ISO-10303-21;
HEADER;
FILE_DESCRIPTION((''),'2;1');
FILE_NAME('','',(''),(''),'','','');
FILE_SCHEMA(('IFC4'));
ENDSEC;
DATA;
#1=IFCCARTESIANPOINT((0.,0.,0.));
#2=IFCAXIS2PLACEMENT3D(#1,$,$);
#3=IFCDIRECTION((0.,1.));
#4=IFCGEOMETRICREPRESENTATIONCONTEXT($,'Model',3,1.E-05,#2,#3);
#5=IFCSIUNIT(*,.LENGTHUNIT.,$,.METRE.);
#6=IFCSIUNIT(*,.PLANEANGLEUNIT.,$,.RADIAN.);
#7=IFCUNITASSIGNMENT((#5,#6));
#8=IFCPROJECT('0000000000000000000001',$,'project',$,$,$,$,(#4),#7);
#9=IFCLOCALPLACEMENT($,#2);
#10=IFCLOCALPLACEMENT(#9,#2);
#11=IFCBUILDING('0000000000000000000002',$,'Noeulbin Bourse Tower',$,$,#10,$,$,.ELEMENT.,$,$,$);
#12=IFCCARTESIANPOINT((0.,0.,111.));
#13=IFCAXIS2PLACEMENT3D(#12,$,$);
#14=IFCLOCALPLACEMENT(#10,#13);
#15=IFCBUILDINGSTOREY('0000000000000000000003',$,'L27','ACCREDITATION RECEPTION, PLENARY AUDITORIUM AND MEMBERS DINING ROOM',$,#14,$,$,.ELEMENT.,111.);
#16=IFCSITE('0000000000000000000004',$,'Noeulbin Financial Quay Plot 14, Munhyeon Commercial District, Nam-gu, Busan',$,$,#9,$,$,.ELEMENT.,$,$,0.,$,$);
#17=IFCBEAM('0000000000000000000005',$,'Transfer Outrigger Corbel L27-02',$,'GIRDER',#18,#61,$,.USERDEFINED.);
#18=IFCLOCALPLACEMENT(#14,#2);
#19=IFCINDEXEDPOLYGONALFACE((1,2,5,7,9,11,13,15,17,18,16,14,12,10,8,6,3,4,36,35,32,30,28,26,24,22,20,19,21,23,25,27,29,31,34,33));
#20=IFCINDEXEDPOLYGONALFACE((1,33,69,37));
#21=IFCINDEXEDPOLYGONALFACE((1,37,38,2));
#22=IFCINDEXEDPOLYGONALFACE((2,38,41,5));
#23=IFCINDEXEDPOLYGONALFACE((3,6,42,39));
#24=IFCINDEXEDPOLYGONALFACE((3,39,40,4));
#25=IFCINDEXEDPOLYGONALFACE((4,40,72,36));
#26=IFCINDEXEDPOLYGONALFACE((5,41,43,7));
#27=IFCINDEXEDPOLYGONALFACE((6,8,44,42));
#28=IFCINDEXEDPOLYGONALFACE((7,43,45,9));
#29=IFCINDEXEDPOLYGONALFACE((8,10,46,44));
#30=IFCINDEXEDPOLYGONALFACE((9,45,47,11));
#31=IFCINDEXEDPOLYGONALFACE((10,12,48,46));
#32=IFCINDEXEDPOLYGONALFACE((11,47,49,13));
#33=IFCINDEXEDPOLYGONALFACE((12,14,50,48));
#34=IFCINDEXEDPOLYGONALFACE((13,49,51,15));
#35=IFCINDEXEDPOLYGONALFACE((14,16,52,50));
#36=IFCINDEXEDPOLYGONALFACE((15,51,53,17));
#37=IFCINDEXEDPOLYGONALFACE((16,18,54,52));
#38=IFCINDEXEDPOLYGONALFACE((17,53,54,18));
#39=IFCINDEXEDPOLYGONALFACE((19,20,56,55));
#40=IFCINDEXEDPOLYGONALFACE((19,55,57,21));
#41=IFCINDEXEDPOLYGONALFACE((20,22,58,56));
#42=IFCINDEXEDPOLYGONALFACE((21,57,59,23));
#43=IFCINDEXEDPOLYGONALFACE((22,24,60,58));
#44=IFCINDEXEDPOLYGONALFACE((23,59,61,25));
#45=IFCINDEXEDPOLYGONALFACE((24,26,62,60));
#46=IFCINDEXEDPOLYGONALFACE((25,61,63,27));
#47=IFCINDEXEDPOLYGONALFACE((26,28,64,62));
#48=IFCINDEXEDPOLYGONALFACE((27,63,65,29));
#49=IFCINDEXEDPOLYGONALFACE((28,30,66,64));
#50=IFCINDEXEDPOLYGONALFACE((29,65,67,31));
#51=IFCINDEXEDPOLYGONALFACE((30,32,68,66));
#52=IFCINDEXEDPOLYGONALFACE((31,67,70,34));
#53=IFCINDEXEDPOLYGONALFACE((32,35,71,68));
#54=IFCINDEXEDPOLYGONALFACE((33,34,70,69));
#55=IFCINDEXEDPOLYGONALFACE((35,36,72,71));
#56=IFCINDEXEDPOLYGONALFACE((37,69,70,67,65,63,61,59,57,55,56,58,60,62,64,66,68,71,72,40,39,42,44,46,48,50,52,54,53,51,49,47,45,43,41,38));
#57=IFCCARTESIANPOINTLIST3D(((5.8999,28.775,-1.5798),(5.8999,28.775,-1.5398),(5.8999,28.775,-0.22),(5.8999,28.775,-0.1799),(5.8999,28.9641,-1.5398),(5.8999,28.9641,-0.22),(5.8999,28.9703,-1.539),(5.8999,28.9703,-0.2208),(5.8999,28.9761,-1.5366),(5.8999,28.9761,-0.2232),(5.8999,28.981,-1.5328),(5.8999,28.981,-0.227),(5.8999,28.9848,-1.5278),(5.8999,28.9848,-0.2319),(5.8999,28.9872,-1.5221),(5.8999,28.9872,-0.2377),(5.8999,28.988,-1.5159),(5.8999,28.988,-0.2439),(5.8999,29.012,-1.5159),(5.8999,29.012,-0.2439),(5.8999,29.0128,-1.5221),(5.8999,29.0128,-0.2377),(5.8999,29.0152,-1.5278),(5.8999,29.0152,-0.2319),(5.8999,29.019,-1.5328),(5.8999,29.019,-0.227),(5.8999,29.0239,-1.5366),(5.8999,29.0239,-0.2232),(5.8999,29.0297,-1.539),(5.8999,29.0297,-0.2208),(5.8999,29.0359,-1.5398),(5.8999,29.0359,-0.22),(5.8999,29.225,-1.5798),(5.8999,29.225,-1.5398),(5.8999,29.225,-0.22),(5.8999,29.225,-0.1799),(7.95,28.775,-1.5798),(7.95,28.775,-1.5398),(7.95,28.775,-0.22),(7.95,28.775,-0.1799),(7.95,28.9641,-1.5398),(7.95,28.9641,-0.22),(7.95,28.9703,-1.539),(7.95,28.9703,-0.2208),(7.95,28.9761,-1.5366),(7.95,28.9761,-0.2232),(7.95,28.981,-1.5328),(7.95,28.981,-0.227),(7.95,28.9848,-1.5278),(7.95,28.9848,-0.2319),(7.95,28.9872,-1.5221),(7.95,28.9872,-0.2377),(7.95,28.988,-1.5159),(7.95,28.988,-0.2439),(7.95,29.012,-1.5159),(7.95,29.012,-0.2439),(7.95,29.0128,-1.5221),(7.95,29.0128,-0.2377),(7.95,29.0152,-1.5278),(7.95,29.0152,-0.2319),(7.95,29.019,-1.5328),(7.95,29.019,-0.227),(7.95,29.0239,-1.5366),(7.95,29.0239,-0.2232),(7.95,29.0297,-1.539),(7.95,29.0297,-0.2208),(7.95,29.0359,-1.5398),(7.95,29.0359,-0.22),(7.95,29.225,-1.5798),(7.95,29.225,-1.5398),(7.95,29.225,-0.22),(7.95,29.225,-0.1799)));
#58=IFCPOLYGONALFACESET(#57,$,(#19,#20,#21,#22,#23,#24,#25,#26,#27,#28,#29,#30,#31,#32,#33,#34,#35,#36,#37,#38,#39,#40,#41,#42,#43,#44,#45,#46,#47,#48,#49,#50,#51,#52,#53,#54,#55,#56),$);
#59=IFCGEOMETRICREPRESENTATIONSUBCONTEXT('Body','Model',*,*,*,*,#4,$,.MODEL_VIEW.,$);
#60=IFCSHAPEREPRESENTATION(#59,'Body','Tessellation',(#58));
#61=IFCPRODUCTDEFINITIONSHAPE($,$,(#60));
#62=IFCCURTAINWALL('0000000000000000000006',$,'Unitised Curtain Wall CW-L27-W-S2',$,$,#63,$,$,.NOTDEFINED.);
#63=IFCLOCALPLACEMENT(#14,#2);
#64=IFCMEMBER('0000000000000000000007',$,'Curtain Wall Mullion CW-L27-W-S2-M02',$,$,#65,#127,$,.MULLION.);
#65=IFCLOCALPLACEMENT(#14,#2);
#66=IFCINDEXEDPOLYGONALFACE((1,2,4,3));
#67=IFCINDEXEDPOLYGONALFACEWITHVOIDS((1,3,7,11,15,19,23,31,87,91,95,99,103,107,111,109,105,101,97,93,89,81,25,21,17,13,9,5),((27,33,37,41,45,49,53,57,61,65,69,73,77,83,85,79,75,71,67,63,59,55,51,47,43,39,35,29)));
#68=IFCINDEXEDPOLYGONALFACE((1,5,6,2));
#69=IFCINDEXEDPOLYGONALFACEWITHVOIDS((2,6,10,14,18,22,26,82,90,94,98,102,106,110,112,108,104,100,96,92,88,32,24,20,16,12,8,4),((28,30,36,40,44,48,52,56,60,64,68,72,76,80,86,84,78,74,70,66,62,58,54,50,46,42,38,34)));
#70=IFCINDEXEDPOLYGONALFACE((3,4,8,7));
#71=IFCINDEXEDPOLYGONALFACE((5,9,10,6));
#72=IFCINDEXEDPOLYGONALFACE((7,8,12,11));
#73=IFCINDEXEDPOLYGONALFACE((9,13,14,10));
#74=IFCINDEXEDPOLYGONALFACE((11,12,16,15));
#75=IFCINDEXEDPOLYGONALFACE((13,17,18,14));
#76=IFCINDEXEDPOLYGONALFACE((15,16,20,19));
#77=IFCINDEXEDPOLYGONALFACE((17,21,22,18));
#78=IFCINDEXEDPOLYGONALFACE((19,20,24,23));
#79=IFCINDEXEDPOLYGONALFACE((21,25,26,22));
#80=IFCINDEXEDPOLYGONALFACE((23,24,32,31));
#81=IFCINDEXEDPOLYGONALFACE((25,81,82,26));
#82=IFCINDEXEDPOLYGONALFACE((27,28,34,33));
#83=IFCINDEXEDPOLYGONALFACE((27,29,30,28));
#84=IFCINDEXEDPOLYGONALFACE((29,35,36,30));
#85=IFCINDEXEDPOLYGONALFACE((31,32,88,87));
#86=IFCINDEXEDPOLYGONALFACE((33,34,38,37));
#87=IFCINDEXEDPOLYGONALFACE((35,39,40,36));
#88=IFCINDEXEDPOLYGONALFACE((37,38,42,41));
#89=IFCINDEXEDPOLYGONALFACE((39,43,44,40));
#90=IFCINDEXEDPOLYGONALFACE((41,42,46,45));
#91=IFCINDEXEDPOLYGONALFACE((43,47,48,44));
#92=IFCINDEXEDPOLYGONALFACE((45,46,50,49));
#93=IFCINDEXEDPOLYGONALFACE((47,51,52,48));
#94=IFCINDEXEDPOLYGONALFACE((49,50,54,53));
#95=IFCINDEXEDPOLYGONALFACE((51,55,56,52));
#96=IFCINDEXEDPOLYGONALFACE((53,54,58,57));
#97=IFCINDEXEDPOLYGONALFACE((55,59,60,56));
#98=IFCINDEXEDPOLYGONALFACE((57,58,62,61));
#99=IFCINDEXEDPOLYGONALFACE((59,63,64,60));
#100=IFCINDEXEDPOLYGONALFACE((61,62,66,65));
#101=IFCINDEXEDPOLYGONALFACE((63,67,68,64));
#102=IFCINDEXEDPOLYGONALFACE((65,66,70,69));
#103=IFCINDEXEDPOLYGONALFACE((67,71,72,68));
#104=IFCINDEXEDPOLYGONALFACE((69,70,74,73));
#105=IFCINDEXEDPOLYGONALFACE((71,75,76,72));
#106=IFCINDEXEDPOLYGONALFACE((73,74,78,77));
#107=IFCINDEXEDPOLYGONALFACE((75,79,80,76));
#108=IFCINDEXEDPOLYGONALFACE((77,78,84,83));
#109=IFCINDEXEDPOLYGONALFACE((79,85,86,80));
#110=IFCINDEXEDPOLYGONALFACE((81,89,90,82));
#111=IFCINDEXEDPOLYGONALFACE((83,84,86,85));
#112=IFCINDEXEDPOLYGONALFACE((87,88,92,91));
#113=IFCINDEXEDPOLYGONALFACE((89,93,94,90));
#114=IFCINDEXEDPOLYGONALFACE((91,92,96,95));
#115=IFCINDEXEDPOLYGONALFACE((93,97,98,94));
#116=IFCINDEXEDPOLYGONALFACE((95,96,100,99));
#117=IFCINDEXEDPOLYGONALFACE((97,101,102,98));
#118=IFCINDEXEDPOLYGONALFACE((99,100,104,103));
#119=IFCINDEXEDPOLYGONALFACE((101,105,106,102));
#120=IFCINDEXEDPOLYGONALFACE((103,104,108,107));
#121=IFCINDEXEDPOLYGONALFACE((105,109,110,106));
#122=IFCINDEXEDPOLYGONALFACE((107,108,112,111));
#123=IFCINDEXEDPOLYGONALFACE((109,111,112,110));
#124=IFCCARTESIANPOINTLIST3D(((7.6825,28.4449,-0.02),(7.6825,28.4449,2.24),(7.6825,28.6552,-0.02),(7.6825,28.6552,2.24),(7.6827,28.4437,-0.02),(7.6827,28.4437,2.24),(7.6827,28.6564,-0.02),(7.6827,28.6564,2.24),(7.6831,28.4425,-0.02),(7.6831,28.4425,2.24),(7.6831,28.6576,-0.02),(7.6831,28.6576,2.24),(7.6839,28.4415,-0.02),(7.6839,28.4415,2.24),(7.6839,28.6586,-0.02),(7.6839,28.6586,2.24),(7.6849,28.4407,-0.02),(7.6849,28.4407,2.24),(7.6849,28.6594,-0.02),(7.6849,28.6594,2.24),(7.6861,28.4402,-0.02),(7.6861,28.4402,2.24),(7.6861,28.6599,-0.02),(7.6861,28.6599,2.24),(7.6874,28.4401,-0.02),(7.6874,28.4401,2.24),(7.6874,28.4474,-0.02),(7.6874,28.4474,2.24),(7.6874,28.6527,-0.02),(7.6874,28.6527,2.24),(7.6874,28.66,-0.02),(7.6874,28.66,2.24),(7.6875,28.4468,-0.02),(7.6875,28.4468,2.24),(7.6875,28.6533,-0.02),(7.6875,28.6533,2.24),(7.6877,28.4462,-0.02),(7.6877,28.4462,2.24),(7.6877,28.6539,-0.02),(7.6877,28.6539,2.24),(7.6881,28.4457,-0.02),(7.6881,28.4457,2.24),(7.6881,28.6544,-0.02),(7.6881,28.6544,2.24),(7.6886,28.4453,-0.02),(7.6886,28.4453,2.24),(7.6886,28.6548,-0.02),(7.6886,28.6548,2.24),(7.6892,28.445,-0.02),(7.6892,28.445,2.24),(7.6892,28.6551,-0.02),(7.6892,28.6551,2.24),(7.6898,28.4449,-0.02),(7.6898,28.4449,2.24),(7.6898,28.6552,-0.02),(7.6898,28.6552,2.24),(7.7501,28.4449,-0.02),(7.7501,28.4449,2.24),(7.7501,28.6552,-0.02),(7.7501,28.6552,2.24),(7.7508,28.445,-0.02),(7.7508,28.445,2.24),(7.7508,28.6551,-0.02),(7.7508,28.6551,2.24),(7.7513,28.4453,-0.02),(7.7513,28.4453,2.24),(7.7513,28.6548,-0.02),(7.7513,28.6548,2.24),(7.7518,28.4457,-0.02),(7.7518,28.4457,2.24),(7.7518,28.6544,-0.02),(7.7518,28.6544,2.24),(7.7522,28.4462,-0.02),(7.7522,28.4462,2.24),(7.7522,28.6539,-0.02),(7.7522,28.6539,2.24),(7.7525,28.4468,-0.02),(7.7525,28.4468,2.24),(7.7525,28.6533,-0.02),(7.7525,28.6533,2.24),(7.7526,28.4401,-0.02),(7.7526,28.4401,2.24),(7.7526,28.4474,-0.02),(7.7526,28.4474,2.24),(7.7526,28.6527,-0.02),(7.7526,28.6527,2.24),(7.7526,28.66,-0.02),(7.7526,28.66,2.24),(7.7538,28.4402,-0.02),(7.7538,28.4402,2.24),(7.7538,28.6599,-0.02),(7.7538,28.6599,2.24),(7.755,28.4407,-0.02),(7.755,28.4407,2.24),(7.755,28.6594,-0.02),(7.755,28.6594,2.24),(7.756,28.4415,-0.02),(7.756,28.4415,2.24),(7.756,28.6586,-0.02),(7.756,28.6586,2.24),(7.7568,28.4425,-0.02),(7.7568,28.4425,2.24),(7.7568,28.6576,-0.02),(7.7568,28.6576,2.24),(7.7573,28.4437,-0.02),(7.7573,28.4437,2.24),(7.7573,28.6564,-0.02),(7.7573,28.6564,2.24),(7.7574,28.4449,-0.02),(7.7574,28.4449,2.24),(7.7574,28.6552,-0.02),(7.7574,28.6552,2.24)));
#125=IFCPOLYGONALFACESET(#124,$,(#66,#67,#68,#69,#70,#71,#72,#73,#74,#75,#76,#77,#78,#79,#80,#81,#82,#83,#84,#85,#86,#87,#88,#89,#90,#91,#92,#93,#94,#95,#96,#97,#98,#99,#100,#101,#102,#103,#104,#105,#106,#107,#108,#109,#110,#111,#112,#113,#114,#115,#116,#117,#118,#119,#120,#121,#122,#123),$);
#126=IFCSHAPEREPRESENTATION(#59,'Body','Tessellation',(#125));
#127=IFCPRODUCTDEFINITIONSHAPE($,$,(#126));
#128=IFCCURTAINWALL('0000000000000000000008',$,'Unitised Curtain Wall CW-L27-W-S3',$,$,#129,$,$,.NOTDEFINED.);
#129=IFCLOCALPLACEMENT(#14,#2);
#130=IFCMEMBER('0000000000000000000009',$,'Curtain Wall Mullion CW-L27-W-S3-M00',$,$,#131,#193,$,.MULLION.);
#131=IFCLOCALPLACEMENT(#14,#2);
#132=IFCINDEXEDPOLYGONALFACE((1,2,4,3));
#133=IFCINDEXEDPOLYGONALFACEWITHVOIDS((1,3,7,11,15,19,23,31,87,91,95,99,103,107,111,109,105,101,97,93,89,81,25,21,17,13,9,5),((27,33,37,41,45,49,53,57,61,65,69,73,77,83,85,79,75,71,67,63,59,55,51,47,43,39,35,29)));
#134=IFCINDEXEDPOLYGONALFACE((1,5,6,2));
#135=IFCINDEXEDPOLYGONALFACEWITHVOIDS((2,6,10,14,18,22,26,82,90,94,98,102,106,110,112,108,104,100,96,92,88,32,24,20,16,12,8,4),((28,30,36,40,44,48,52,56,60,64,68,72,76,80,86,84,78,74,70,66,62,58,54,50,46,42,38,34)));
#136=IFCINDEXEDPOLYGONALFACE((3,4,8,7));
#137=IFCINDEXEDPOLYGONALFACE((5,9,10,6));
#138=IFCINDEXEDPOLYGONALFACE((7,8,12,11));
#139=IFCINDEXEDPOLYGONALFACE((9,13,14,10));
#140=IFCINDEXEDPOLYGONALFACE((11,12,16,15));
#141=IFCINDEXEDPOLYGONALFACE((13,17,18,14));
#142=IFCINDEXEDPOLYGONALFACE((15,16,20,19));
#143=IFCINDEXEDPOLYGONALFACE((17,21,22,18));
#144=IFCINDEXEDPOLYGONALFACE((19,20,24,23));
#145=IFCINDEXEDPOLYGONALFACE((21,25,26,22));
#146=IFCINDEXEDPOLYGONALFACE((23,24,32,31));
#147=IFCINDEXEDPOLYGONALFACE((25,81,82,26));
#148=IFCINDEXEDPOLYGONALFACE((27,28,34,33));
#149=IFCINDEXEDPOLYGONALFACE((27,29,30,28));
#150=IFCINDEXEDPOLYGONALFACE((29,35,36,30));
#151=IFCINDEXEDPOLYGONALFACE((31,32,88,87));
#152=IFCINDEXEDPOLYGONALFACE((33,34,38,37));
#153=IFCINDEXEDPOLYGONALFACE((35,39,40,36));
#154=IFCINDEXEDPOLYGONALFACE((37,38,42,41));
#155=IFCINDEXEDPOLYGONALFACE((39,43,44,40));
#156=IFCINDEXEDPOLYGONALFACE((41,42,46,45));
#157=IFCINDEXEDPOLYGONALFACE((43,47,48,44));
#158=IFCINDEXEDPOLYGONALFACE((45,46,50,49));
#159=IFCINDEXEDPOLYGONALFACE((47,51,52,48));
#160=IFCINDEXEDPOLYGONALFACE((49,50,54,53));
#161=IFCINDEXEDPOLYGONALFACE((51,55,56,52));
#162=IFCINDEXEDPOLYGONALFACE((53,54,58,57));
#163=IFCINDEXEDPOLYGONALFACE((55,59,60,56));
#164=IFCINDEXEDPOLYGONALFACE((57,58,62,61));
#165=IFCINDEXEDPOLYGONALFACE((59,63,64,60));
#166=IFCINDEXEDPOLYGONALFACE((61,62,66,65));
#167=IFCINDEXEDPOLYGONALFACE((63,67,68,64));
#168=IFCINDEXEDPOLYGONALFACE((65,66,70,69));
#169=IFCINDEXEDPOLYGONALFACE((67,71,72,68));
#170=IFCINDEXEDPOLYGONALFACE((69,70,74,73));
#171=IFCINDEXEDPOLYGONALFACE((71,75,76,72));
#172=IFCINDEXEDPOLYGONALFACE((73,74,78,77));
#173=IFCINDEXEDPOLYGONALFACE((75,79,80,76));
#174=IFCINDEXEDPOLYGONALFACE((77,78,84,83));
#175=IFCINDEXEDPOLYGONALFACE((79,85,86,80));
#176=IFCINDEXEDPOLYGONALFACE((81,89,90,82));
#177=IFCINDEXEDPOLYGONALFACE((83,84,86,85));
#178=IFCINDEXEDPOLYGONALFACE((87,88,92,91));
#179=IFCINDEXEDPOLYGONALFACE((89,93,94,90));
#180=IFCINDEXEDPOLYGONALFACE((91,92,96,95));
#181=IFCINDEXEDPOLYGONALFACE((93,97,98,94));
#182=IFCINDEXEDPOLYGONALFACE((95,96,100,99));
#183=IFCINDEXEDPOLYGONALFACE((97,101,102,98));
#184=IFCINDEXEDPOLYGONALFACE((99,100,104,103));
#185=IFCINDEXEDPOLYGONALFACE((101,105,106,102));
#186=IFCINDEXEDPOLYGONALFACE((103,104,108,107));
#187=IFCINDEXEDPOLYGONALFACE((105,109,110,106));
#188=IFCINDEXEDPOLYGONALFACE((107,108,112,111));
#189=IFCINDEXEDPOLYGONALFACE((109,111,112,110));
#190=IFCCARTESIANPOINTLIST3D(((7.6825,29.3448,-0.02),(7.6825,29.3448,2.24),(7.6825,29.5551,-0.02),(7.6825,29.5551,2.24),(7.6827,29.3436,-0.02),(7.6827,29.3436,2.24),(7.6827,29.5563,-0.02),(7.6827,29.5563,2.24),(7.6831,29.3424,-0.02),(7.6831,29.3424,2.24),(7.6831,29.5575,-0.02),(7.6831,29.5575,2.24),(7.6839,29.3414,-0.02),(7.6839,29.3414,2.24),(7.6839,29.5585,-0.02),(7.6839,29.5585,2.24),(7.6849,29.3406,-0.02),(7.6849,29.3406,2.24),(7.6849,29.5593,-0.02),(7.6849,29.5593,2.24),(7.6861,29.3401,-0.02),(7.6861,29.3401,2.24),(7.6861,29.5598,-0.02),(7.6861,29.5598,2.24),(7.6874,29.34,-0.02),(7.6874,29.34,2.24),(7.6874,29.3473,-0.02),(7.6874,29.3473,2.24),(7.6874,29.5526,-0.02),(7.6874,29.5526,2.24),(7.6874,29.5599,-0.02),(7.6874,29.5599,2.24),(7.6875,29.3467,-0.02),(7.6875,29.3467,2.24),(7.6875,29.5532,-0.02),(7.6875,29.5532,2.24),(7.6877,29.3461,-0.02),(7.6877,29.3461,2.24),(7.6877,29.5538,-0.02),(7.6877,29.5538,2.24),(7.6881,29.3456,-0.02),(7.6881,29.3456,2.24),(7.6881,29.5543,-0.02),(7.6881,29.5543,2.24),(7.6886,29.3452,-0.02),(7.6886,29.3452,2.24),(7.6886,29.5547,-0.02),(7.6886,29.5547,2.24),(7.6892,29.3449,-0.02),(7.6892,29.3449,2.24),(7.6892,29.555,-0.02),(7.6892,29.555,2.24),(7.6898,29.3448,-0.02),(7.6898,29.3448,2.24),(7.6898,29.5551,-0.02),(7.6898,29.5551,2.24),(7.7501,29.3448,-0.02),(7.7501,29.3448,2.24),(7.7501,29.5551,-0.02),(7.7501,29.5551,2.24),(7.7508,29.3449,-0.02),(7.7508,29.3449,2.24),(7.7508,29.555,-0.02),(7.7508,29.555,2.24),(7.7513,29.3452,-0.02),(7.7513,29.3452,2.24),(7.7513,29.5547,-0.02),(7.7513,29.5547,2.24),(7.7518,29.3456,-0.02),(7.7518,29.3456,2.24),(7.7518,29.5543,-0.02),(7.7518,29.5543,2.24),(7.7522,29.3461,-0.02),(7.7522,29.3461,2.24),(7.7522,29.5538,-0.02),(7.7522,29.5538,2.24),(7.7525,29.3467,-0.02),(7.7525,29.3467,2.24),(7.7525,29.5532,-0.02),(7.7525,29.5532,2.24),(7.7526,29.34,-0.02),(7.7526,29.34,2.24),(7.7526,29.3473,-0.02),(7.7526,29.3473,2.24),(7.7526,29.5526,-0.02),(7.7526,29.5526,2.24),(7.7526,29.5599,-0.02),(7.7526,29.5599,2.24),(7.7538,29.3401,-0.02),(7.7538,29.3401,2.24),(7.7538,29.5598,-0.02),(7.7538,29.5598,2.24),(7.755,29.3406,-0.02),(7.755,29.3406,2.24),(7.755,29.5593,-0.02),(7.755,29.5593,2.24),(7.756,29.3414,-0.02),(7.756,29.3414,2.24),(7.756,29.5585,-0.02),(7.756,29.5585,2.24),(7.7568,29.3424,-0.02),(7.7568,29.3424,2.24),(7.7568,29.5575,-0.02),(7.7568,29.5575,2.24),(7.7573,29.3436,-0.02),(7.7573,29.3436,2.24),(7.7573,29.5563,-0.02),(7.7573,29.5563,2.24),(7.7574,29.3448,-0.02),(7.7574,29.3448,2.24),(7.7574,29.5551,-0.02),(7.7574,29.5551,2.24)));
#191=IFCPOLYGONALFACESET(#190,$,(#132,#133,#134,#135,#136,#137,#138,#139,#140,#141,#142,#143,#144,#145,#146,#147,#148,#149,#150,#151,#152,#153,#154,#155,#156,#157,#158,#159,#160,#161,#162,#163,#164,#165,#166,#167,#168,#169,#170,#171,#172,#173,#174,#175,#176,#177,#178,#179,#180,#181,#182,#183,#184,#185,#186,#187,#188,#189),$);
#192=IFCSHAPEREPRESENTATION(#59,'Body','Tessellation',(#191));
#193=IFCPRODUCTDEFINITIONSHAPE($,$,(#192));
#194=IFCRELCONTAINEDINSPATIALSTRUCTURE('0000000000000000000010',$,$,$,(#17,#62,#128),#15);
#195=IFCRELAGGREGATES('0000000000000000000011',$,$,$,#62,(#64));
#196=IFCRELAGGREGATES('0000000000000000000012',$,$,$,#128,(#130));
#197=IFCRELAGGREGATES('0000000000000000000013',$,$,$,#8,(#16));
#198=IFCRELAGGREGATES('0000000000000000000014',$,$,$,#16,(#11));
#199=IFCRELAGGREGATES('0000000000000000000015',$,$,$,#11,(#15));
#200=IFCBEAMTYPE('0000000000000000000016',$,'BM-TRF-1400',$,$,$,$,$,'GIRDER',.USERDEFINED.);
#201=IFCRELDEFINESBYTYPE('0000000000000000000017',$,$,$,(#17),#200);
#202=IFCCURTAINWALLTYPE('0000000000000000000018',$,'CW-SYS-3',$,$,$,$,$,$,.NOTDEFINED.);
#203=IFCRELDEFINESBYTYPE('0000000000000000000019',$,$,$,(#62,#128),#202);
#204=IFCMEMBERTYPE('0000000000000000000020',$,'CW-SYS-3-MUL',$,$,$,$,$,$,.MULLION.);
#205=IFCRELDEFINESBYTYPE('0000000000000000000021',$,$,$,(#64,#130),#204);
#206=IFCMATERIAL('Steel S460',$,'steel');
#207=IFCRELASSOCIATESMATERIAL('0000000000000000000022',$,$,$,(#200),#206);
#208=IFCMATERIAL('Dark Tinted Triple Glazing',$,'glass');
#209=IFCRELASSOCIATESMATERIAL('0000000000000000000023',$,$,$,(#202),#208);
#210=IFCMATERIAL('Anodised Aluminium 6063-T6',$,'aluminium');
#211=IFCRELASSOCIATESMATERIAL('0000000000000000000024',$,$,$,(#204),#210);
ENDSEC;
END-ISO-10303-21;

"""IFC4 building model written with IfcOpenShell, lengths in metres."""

from ifc_helpers import new_model, si_unit, direction, frame, origin, origin_2d, place, context, subcontext, project, spatial, hollow_rectangle, i_section, extrude, material, material_profile, profile_set, type_object, element, aggregate, save


model = new_model("IFC4")

# Units and contexts
model_context = context("Model", 3, precision=1e-05, world=origin(), true_north=direction((0.0, 1.0)))
body_context = subcontext(model_context, "Body", "Model", "MODEL_VIEW")
ifc_project = project(units=[si_unit("LENGTHUNIT", "METRE"), si_unit("PLANEANGLEUNIT", "RADIAN")], contexts=[model_context])

# Site, building, storey
site_placement = place(None, origin())
site = spatial("IfcSite", under=ifc_project, at=site_placement, Name="Noeulbin Financial Quay Plot 14, Munhyeon Commercial District, Nam-gu, Busan", CompositionType="ELEMENT", RefElevation=0.0)
building_placement = place(site_placement, origin())
building = spatial("IfcBuilding", under=site, at=building_placement, Name="Noeulbin Bourse Tower", CompositionType="ELEMENT")
storey_placement = place(building_placement, frame((0.0, 0.0, 111.0)))
storey = spatial("IfcBuildingStorey", under=building, at=storey_placement, Name="L27", Description="ACCREDITATION RECEPTION, PLENARY AUDITORIUM AND MEMBERS DINING ROOM", CompositionType="ELEMENT", Elevation=111.0)

# Shared definitions
ifc_material_1 = material(Name="Steel S460", Category="steel")

# Beam
ifc_material_profile_1 = material_profile(ifc_material_1, i_section(OverallWidth=0.45, OverallDepth=1.3999, WebThickness=0.0239, FlangeThickness=0.04, FilletRadius=0.0239, at=origin_2d()), Name="PG-1400x450x24x40", Category="LoadBearing")
ifc_profile_set_1 = profile_set([ifc_material_profile_1], Name="Steel S460")
beam_type_1 = type_object("IfcBeamType", Name="BM-TRF-1400", ElementType="GIRDER", PredefinedType="USERDEFINED", material=ifc_profile_set_1)
beam_1_placement = place(storey_placement, frame((5.8999, 29.0, -0.8799), z_axis=(1.0, 0.0, 0.0), x_axis=(0.0, 1.0, 0.0)))
element("IfcBeam", 1, at=beam_1_placement, inside=storey, type_object=beam_type_1, Name="Transfer Outrigger Corbel L27-02", ObjectType="GIRDER", PredefinedType="USERDEFINED", context=body_context, shape_type="SweptSolid", body=[
    extrude(i_section(OverallWidth=0.45, OverallDepth=1.3999, WebThickness=0.0239, FlangeThickness=0.04, FilletRadius=0.0239, at=origin_2d()), origin(), (0.0, 0.0, 1.0), 2.05),
])

# Curtain wall, member
ifc_material_2 = material(Name="Dark Tinted Triple Glazing", Category="glass")
curtain_wall_type = type_object("IfcCurtainWallType", Name="CW-SYS-3", PredefinedType="NOTDEFINED", material=ifc_material_2)
curtain_wall_1_placement = place(storey_placement, origin())
curtain_wall_1 = element("IfcCurtainWall", 2, at=curtain_wall_1_placement, inside=storey, type_object=curtain_wall_type, Name="Unitised Curtain Wall CW-L27-W-S2", PredefinedType="NOTDEFINED")
ifc_material_3 = material(Name="Anodised Aluminium 6063-T6", Category="aluminium")
ifc_material_profile_2 = material_profile(ifc_material_3, hollow_rectangle(XDim=0.075, YDim=0.22, WallThickness=0.0049, InnerFilletRadius=0.0024, OuterFilletRadius=0.0049, at=origin_2d()), Name="ALU-MULL-75x220x5", Category="LoadBearing")
ifc_profile_set_2 = profile_set([ifc_material_profile_2], Name="Anodised Aluminium 6063-T6")
member_type_1 = type_object("IfcMemberType", Name="CW-SYS-3-MUL", PredefinedType="MULLION", material=ifc_profile_set_2)
member_1_placement = place(storey_placement, frame((7.72, 28.55, -0.02), z_axis=(0.0, 0.0, 1.0), x_axis=(1.0, 0.0, 0.0)))
member_1 = element("IfcMember", 3, at=member_1_placement, type_object=member_type_1, Name="Curtain Wall Mullion CW-L27-W-S2-M02", PredefinedType="MULLION", context=body_context, shape_type="SweptSolid", body=[
    extrude(hollow_rectangle(XDim=0.075, YDim=0.22, WallThickness=0.0049, InnerFilletRadius=0.0024, OuterFilletRadius=0.0049, at=origin_2d()), origin(), (0.0, 0.0, 1.0), 2.26),
])
aggregate(curtain_wall_1, [member_1])

# Curtain wall, member
curtain_wall_2_placement = place(storey_placement, origin())
curtain_wall_2 = element("IfcCurtainWall", 4, at=curtain_wall_2_placement, inside=storey, type_object=curtain_wall_type, Name="Unitised Curtain Wall CW-L27-W-S3", PredefinedType="NOTDEFINED")
member_2_placement = place(storey_placement, frame((7.72, 29.45, -0.02), z_axis=(0.0, 0.0, 1.0), x_axis=(1.0, 0.0, 0.0)))
member_2 = element("IfcMember", 5, at=member_2_placement, type_object=member_type_1, Name="Curtain Wall Mullion CW-L27-W-S3-M00", PredefinedType="MULLION", context=body_context, shape_type="SweptSolid", body=[
    extrude(hollow_rectangle(XDim=0.075, YDim=0.22, WallThickness=0.0049, InnerFilletRadius=0.0024, OuterFilletRadius=0.0049, at=origin_2d()), origin(), (0.0, 0.0, 1.0), 2.26),
])
aggregate(curtain_wall_2, [member_2])

save(model, "model.ifc")
